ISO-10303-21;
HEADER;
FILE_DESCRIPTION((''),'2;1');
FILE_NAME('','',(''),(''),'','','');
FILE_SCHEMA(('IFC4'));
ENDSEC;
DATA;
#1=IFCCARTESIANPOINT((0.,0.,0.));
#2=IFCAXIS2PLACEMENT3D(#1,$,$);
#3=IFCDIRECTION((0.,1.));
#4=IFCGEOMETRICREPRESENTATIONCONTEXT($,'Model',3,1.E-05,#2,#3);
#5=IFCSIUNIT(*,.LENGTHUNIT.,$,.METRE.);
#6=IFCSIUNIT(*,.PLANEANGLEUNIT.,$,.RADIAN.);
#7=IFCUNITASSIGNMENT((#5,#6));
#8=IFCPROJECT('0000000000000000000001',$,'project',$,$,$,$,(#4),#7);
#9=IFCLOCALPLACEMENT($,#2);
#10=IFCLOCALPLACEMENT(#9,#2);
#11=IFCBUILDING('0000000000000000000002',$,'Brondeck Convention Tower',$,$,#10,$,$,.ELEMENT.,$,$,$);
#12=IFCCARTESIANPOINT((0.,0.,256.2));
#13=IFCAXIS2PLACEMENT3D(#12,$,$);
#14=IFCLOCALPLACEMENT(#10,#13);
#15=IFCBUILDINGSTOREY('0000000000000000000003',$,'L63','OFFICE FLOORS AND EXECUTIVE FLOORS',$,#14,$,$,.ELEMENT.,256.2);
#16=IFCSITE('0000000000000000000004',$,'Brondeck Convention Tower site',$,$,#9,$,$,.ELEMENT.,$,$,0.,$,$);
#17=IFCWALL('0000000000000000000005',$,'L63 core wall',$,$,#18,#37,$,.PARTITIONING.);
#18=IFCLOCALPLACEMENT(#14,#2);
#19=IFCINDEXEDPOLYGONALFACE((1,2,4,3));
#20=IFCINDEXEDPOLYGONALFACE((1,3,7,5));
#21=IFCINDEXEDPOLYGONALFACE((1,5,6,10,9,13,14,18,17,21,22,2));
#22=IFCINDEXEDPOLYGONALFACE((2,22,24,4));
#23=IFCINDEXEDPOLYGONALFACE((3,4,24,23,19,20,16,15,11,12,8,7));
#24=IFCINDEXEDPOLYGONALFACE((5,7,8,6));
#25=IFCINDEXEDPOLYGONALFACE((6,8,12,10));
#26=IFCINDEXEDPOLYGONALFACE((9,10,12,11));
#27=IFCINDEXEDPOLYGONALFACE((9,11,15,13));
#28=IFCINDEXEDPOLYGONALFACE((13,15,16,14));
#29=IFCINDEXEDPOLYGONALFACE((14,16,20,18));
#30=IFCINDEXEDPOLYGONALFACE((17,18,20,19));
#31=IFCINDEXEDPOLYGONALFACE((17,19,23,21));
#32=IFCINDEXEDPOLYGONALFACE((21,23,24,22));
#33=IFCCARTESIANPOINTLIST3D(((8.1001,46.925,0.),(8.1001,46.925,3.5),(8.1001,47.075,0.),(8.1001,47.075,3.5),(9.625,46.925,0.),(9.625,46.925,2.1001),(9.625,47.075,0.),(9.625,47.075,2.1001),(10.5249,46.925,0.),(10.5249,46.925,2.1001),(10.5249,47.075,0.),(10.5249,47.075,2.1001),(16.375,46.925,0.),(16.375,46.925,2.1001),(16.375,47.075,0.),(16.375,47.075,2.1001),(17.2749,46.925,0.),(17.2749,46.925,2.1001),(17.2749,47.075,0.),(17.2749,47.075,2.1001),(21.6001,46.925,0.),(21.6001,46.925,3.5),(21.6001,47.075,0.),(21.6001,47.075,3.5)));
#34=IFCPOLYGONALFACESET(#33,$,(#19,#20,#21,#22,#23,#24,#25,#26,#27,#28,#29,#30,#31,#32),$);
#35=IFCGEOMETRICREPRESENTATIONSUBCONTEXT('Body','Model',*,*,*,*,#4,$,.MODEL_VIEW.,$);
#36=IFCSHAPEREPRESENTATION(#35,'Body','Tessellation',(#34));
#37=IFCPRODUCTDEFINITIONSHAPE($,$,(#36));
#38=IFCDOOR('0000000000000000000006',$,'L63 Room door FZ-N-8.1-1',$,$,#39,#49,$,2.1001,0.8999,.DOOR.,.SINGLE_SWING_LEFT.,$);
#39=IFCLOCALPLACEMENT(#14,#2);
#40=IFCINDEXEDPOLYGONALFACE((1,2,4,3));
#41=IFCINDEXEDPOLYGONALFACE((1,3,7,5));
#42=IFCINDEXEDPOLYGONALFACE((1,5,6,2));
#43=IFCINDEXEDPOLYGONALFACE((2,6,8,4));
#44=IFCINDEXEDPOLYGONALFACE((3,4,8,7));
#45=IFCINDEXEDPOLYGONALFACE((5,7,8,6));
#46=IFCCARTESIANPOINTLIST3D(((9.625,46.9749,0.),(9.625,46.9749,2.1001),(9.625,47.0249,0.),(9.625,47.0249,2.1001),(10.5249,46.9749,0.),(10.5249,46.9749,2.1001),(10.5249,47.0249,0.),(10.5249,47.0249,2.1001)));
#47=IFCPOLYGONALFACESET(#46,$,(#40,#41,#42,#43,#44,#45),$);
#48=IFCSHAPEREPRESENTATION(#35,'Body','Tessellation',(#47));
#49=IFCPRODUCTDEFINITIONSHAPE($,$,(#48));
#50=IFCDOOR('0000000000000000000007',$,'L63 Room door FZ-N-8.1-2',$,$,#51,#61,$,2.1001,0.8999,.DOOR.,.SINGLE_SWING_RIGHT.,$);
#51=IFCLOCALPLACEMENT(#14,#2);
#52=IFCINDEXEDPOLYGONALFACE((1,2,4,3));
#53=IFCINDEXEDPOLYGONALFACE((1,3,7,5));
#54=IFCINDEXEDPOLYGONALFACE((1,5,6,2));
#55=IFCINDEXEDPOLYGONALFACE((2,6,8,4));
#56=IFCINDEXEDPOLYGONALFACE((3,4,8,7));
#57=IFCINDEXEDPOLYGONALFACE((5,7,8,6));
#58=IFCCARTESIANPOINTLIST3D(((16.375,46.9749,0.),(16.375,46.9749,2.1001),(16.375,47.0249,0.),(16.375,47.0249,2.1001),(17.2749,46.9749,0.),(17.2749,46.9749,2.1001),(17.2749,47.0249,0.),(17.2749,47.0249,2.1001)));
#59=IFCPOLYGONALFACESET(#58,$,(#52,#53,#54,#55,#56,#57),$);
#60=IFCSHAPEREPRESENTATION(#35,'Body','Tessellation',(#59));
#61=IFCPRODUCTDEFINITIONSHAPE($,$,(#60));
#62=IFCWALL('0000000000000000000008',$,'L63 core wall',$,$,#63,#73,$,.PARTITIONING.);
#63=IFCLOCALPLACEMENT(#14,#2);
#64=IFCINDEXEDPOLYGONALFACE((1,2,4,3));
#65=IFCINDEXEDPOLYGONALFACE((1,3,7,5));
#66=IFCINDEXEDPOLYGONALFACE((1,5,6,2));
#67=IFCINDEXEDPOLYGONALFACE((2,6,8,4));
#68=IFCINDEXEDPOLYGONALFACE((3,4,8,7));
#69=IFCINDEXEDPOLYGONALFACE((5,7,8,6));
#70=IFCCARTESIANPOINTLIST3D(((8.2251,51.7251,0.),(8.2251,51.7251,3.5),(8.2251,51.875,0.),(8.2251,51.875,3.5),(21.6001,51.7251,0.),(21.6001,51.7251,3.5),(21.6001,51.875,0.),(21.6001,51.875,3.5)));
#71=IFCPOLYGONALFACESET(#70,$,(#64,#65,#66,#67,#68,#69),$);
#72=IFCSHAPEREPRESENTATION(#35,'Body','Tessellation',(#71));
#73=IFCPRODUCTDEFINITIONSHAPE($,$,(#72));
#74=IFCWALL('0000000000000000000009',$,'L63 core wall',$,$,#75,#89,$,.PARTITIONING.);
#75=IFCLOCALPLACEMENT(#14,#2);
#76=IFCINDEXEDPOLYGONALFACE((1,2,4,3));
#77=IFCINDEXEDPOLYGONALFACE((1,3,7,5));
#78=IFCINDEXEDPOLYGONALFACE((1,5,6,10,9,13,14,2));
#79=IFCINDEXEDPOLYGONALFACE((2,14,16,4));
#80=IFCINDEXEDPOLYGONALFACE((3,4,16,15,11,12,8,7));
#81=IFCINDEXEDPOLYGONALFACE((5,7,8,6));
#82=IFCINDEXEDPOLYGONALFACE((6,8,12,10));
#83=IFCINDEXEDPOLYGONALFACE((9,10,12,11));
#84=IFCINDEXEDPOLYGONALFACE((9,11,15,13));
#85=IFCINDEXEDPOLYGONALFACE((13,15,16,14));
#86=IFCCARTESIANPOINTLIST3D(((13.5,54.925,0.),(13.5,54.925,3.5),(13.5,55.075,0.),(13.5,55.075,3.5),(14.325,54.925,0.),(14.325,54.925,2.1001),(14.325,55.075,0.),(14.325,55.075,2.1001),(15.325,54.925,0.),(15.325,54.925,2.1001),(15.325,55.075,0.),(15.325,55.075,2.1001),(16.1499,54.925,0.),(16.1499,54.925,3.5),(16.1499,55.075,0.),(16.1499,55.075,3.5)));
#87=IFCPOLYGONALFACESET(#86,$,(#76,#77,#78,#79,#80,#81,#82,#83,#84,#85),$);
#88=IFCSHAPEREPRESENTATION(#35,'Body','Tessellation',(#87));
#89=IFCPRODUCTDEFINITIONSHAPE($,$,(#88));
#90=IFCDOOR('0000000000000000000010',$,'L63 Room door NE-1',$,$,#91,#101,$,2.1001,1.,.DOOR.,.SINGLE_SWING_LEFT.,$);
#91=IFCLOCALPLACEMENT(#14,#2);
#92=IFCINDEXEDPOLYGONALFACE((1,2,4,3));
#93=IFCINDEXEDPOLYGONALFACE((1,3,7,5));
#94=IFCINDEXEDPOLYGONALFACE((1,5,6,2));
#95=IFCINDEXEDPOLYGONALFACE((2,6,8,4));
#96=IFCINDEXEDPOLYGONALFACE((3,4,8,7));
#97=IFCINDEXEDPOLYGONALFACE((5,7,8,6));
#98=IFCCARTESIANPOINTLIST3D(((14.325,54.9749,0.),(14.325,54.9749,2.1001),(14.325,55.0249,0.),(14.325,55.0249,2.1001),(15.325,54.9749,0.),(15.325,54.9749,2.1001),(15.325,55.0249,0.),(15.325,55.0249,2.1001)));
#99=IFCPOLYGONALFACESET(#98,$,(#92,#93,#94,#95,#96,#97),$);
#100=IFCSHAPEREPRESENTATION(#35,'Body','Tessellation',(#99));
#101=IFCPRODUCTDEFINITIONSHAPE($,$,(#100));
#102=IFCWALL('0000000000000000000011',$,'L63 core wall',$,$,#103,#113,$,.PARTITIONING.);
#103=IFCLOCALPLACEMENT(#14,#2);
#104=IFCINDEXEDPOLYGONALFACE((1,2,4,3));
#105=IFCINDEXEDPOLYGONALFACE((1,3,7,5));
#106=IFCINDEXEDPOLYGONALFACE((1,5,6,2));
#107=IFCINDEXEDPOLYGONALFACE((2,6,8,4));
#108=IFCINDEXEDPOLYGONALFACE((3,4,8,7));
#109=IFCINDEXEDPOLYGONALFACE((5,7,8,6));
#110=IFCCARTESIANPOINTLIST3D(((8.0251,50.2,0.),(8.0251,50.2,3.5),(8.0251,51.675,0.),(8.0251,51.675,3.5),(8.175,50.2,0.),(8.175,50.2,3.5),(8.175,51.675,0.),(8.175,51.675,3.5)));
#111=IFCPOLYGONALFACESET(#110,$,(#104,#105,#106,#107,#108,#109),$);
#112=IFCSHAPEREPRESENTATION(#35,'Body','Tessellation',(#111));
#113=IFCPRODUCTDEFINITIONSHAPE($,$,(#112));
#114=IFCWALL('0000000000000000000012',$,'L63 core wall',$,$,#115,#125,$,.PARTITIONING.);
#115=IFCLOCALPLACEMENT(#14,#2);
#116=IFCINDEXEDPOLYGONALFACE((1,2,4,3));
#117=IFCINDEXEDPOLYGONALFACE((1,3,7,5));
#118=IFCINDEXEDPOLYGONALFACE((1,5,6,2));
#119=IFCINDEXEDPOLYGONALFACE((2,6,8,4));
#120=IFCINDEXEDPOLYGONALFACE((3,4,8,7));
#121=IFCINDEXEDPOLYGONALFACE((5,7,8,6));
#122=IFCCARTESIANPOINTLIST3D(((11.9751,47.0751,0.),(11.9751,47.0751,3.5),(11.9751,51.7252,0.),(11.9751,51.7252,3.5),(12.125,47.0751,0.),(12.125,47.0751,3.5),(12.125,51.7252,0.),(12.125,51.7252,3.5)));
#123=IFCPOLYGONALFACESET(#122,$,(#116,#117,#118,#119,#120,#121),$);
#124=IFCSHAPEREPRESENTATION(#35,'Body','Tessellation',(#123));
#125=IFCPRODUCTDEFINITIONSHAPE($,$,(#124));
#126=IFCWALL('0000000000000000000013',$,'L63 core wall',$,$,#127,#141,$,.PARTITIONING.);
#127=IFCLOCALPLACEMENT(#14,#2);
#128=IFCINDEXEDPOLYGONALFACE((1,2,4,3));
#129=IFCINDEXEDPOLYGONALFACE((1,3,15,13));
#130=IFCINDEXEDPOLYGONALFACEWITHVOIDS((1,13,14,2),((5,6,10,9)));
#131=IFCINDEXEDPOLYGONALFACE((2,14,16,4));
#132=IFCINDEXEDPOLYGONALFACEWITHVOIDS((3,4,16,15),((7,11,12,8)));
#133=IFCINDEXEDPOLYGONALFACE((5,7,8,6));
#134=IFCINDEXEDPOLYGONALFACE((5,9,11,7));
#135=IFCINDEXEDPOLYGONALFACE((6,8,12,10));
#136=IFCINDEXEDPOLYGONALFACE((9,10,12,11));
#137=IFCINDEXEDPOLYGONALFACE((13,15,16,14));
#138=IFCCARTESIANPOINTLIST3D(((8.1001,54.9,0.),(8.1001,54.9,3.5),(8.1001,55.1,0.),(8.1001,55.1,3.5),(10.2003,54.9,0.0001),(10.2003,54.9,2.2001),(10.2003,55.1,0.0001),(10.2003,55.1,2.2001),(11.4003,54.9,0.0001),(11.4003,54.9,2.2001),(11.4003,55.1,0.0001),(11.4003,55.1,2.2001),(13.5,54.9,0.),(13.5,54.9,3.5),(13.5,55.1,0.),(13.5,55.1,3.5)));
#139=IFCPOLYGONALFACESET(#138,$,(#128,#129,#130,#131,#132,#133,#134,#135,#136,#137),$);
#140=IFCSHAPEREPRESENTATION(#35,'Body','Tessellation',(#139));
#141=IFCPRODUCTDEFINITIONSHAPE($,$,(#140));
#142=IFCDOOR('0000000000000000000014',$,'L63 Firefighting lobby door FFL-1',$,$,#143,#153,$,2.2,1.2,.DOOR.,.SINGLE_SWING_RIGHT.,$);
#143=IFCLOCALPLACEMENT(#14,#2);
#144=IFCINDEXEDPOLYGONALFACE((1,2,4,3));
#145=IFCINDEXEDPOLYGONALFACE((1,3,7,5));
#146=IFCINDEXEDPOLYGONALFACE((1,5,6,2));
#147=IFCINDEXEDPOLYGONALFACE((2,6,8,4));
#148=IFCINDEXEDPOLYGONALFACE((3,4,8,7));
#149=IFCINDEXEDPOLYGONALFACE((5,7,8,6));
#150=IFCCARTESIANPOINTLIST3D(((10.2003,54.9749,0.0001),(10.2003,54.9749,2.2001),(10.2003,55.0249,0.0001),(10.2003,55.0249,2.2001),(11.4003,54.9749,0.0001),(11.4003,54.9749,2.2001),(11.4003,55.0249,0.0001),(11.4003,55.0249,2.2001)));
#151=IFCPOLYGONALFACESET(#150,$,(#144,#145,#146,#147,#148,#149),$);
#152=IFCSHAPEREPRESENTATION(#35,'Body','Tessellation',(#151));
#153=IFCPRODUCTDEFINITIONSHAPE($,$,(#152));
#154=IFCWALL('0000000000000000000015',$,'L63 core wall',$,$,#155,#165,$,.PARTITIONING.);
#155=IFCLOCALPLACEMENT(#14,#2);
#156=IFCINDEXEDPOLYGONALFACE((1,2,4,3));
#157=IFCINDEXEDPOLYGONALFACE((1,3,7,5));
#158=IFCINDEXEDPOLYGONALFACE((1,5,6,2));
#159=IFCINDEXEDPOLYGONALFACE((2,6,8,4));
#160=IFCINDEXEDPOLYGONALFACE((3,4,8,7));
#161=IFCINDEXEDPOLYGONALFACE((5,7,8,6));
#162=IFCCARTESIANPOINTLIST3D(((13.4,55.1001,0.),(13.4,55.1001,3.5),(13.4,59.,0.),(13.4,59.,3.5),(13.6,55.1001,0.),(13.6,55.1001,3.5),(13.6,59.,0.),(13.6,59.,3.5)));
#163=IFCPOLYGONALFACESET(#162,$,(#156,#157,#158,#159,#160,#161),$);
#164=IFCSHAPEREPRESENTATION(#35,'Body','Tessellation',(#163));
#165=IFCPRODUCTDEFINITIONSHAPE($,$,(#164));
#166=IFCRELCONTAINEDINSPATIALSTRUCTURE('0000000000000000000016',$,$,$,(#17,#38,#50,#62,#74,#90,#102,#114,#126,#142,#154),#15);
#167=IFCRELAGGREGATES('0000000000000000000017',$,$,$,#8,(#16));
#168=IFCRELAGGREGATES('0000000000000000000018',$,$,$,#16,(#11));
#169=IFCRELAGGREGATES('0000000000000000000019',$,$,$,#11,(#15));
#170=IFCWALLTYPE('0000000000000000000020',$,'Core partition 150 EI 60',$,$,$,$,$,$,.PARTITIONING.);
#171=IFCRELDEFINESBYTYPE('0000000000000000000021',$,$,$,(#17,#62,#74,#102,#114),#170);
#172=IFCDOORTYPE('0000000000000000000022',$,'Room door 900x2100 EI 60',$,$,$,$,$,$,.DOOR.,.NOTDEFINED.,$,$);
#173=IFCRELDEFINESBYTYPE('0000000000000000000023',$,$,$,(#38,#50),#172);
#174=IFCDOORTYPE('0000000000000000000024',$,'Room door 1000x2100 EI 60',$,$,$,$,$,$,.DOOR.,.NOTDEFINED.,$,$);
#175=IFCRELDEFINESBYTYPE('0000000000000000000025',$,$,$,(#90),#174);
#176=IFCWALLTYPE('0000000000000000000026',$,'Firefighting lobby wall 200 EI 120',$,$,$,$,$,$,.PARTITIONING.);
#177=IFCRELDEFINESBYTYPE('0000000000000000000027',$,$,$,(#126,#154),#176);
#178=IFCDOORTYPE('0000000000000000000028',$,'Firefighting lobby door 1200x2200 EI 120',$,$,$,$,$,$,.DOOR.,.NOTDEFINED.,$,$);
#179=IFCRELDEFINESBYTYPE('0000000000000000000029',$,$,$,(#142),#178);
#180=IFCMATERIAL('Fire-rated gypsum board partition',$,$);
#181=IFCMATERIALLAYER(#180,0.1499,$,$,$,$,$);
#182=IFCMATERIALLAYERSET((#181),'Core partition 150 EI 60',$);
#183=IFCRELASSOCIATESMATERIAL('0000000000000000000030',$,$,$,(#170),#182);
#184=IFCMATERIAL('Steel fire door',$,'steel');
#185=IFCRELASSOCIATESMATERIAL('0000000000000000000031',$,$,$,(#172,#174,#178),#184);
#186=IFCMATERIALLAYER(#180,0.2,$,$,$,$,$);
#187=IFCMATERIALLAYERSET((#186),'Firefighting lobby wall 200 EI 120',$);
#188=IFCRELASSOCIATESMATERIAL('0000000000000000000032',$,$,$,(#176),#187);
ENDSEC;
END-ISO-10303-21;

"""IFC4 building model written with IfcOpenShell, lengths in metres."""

from ifc_helpers import new_model, si_unit, direction, frame, frame_2d, origin, place, context, subcontext, project, spatial, rectangle, extrude, material, layer, layer_set, type_object, element, fill, save


model = new_model("IFC4")

# Units and contexts
model_context = context("Model", 3, precision=1e-05, world=origin(), true_north=direction((0.0, 1.0)))
body_context = subcontext(model_context, "Body", "Model", "MODEL_VIEW")
ifc_project = project(units=[si_unit("LENGTHUNIT", "METRE"), si_unit("PLANEANGLEUNIT", "RADIAN")], contexts=[model_context])

# Site, building, storey
site_placement = place(None, origin())
site = spatial("IfcSite", under=ifc_project, at=site_placement, Name="Brondeck Convention Tower site", CompositionType="ELEMENT", RefElevation=0.0)
building_placement = place(site_placement, origin())
building = spatial("IfcBuilding", under=site, at=building_placement, Name="Brondeck Convention Tower", CompositionType="ELEMENT")
storey_placement = place(building_placement, frame((0.0, 0.0, 256.2)))
storey = spatial("IfcBuildingStorey", under=building, at=storey_placement, Name="L63", Description="OFFICE FLOORS AND EXECUTIVE FLOORS", CompositionType="ELEMENT", Elevation=256.2)

# Wall, openings, doors
ifc_material_1 = material(Name="Fire-rated gypsum board partition")
ifc_layer_1 = layer(ifc_material_1, 0.1499)
ifc_layer_set_1 = layer_set([ifc_layer_1], Name="Core partition 150 EI 60")
wall_type_1 = type_object("IfcWallType", Name="Core partition 150 EI 60", PredefinedType="PARTITIONING", material=ifc_layer_set_1)
wall_1_placement = place(storey_placement, frame((8.1001, 47.0, 0.0), z_axis=(0.0, 0.0, 1.0), x_axis=(1.0, 0.0, 0.0)))
wall_1 = element("IfcWall", 1, at=wall_1_placement, inside=storey, type_object=wall_type_1, Name="L63 core wall", PredefinedType="PARTITIONING", context=body_context, shape_type="SweptSolid", body=[
    extrude(rectangle(XDim=13.5, YDim=0.1499, at=frame_2d((6.75, 0.0))), origin(), (0.0, 0.0, 1.0), 3.5),
])
opening_1_placement = place(wall_1_placement, frame((1.5249, 0.0, 0.0)))
opening_1 = element("IfcOpeningElement", 2, at=opening_1_placement, cuts=wall_1, PredefinedType="OPENING", context=body_context, shape_type="SweptSolid", body=[
    extrude(rectangle(XDim=0.8999, YDim=2.1001, at=frame_2d((0.45, 1.05))), frame((0.0, 0.085, 0.0), z_axis=(0.0, -1.0, 0.0), x_axis=(1.0, 0.0, 0.0)), (0.0, 0.0, 1.0), 0.1699),
])
opening_2_placement = place(wall_1_placement, frame((8.2749, 0.0, 0.0)))
opening_2 = element("IfcOpeningElement", 3, at=opening_2_placement, cuts=wall_1, PredefinedType="OPENING", context=body_context, shape_type="SweptSolid", body=[
    extrude(rectangle(XDim=0.8999, YDim=2.1001, at=frame_2d((0.45, 1.05))), frame((0.0, 0.085, 0.0), z_axis=(0.0, -1.0, 0.0), x_axis=(1.0, 0.0, 0.0)), (0.0, 0.0, 1.0), 0.1699),
])
ifc_material_2 = material(Name="Steel fire door", Category="steel")
door_type_1 = type_object("IfcDoorType", Name="Room door 900x2100 EI 60", OperationType="NOTDEFINED", PredefinedType="DOOR", material=ifc_material_2)
door_1_placement = place(opening_1_placement, origin())
door_1 = element("IfcDoor", 4, at=door_1_placement, inside=storey, type_object=door_type_1, Name="L63 Room door FZ-N-8.1-1", OperationType="SINGLE_SWING_LEFT", OverallHeight=2.1001, OverallWidth=0.8999, PredefinedType="DOOR", context=body_context, shape_type="SweptSolid", body=[
    extrude(rectangle(XDim=0.8999, YDim=2.1001, at=frame_2d((0.45, 1.05))), frame((0.0, 0.0249, 0.0), z_axis=(0.0, -1.0, 0.0), x_axis=(1.0, 0.0, 0.0)), (0.0, 0.0, 1.0), 0.05),
])
fill(opening_1, door_1)
door_2_placement = place(opening_2_placement, origin())
door_2 = element("IfcDoor", 5, at=door_2_placement, inside=storey, type_object=door_type_1, Name="L63 Room door FZ-N-8.1-2", OperationType="SINGLE_SWING_RIGHT", OverallHeight=2.1001, OverallWidth=0.8999, PredefinedType="DOOR", context=body_context, shape_type="SweptSolid", body=[
    extrude(rectangle(XDim=0.8999, YDim=2.1001, at=frame_2d((0.45, 1.05))), frame((0.0, 0.0249, 0.0), z_axis=(0.0, -1.0, 0.0), x_axis=(1.0, 0.0, 0.0)), (0.0, 0.0, 1.0), 0.05),
])
fill(opening_2, door_2)

# Wall
wall_2_placement = place(storey_placement, frame((8.2251, 51.8, 0.0), z_axis=(0.0, 0.0, 1.0), x_axis=(1.0, 0.0, 0.0)))
element("IfcWall", 6, at=wall_2_placement, inside=storey, type_object=wall_type_1, Name="L63 core wall", PredefinedType="PARTITIONING", context=body_context, shape_type="SweptSolid", body=[
    extrude(rectangle(XDim=13.375, YDim=0.1499, at=frame_2d((6.6875, 0.0))), origin(), (0.0, 0.0, 1.0), 3.5),
])

# Wall, opening, door
wall_3_placement = place(storey_placement, frame((13.5, 55.0, 0.0), z_axis=(0.0, 0.0, 1.0), x_axis=(1.0, 0.0, 0.0)))
wall_3 = element("IfcWall", 7, at=wall_3_placement, inside=storey, type_object=wall_type_1, Name="L63 core wall", PredefinedType="PARTITIONING", context=body_context, shape_type="SweptSolid", body=[
    extrude(rectangle(XDim=2.6499, YDim=0.1499, at=frame_2d((1.325, 0.0))), origin(), (0.0, 0.0, 1.0), 3.5),
])
opening_3_placement = place(wall_3_placement, frame((0.825, 0.0, 0.0)))
opening_3 = element("IfcOpeningElement", 8, at=opening_3_placement, cuts=wall_3, PredefinedType="OPENING", context=body_context, shape_type="SweptSolid", body=[
    extrude(rectangle(XDim=1.0, YDim=2.1001, at=frame_2d((0.5, 1.05))), frame((0.0, 0.085, 0.0), z_axis=(0.0, -1.0, 0.0), x_axis=(1.0, 0.0, 0.0)), (0.0, 0.0, 1.0), 0.1699),
])
door_type_2 = type_object("IfcDoorType", Name="Room door 1000x2100 EI 60", OperationType="NOTDEFINED", PredefinedType="DOOR", material=ifc_material_2)
door_3_placement = place(opening_3_placement, origin())
door_3 = element("IfcDoor", 9, at=door_3_placement, inside=storey, type_object=door_type_2, Name="L63 Room door NE-1", OperationType="SINGLE_SWING_LEFT", OverallHeight=2.1001, OverallWidth=1.0, PredefinedType="DOOR", context=body_context, shape_type="SweptSolid", body=[
    extrude(rectangle(XDim=1.0, YDim=2.1001, at=frame_2d((0.5, 1.05))), frame((0.0, 0.0249, 0.0), z_axis=(0.0, -1.0, 0.0), x_axis=(1.0, 0.0, 0.0)), (0.0, 0.0, 1.0), 0.05),
])
fill(opening_3, door_3)

# Walls
wall_4_placement = place(storey_placement, frame((8.1001, 50.2, 0.0), z_axis=(0.0, 0.0, 1.0), x_axis=(0.0, 1.0, 0.0)))
element("IfcWall", 10, at=wall_4_placement, inside=storey, type_object=wall_type_1, Name="L63 core wall", PredefinedType="PARTITIONING", context=body_context, shape_type="SweptSolid", body=[
    extrude(rectangle(XDim=1.4751, YDim=0.1499, at=frame_2d((0.7375, 0.0))), origin(), (0.0, 0.0, 1.0), 3.5),
])
wall_5_placement = place(storey_placement, frame((12.05, 47.075, 0.0), z_axis=(0.0, 0.0, 1.0), x_axis=(0.0, 1.0, 0.0)))
element("IfcWall", 11, at=wall_5_placement, inside=storey, type_object=wall_type_1, Name="L63 core wall", PredefinedType="PARTITIONING", context=body_context, shape_type="SweptSolid", body=[
    extrude(rectangle(XDim=4.6501, YDim=0.1499, at=frame_2d((2.3252, 0.0))), origin(), (0.0, 0.0, 1.0), 3.5),
])

# Wall, opening, door
ifc_layer_2 = layer(ifc_material_1, 0.2)
ifc_layer_set_2 = layer_set([ifc_layer_2], Name="Firefighting lobby wall 200 EI 120")
wall_type_2 = type_object("IfcWallType", Name="Firefighting lobby wall 200 EI 120", PredefinedType="PARTITIONING", material=ifc_layer_set_2)
wall_6_placement = place(storey_placement, frame((8.1001, 55.0, 0.0), z_axis=(0.0, 0.0, 1.0), x_axis=(1.0, 0.0, 0.0)))
wall_6 = element("IfcWall", 12, at=wall_6_placement, inside=storey, type_object=wall_type_2, Name="L63 core wall", PredefinedType="PARTITIONING", context=body_context, shape_type="SweptSolid", body=[
    extrude(rectangle(XDim=5.3999, YDim=0.2, at=frame_2d((2.7, 0.0))), origin(), (0.0, 0.0, 1.0), 3.5),
])
opening_4_placement = place(wall_6_placement, frame((2.1001, 0.0, 0.0)))
opening_4 = element("IfcOpeningElement", 13, at=opening_4_placement, cuts=wall_6, PredefinedType="OPENING", context=body_context, shape_type="SweptSolid", body=[
    extrude(rectangle(XDim=1.2, YDim=2.2, at=frame_2d((0.6001, 1.1001))), frame((0.0, 0.1099, 0.0), z_axis=(0.0, -1.0, 0.0), x_axis=(1.0, 0.0, 0.0)), (0.0, 0.0, 1.0), 0.22),
])
door_type_3 = type_object("IfcDoorType", Name="Firefighting lobby door 1200x2200 EI 120", OperationType="NOTDEFINED", PredefinedType="DOOR", material=ifc_material_2)
door_4_placement = place(opening_4_placement, origin())
door_4 = element("IfcDoor", 14, at=door_4_placement, inside=storey, type_object=door_type_3, Name="L63 Firefighting lobby door FFL-1", OperationType="SINGLE_SWING_RIGHT", OverallHeight=2.2, OverallWidth=1.2, PredefinedType="DOOR", context=body_context, shape_type="SweptSolid", body=[
    extrude(rectangle(XDim=1.2, YDim=2.2, at=frame_2d((0.6001, 1.1001))), frame((0.0, 0.0249, 0.0), z_axis=(0.0, -1.0, 0.0), x_axis=(1.0, 0.0, 0.0)), (0.0, 0.0, 1.0), 0.05),
])
fill(opening_4, door_4)

# Wall
wall_7_placement = place(storey_placement, frame((13.5, 55.1001, 0.0), z_axis=(0.0, 0.0, 1.0), x_axis=(0.0, 1.0, 0.0)))
element("IfcWall", 15, at=wall_7_placement, inside=storey, type_object=wall_type_2, Name="L63 core wall", PredefinedType="PARTITIONING", context=body_context, shape_type="SweptSolid", body=[
    extrude(rectangle(XDim=3.8999, YDim=0.2, at=frame_2d((1.95, 0.0))), origin(), (0.0, 0.0, 1.0), 3.5),
])

save(model, "model.ifc")
